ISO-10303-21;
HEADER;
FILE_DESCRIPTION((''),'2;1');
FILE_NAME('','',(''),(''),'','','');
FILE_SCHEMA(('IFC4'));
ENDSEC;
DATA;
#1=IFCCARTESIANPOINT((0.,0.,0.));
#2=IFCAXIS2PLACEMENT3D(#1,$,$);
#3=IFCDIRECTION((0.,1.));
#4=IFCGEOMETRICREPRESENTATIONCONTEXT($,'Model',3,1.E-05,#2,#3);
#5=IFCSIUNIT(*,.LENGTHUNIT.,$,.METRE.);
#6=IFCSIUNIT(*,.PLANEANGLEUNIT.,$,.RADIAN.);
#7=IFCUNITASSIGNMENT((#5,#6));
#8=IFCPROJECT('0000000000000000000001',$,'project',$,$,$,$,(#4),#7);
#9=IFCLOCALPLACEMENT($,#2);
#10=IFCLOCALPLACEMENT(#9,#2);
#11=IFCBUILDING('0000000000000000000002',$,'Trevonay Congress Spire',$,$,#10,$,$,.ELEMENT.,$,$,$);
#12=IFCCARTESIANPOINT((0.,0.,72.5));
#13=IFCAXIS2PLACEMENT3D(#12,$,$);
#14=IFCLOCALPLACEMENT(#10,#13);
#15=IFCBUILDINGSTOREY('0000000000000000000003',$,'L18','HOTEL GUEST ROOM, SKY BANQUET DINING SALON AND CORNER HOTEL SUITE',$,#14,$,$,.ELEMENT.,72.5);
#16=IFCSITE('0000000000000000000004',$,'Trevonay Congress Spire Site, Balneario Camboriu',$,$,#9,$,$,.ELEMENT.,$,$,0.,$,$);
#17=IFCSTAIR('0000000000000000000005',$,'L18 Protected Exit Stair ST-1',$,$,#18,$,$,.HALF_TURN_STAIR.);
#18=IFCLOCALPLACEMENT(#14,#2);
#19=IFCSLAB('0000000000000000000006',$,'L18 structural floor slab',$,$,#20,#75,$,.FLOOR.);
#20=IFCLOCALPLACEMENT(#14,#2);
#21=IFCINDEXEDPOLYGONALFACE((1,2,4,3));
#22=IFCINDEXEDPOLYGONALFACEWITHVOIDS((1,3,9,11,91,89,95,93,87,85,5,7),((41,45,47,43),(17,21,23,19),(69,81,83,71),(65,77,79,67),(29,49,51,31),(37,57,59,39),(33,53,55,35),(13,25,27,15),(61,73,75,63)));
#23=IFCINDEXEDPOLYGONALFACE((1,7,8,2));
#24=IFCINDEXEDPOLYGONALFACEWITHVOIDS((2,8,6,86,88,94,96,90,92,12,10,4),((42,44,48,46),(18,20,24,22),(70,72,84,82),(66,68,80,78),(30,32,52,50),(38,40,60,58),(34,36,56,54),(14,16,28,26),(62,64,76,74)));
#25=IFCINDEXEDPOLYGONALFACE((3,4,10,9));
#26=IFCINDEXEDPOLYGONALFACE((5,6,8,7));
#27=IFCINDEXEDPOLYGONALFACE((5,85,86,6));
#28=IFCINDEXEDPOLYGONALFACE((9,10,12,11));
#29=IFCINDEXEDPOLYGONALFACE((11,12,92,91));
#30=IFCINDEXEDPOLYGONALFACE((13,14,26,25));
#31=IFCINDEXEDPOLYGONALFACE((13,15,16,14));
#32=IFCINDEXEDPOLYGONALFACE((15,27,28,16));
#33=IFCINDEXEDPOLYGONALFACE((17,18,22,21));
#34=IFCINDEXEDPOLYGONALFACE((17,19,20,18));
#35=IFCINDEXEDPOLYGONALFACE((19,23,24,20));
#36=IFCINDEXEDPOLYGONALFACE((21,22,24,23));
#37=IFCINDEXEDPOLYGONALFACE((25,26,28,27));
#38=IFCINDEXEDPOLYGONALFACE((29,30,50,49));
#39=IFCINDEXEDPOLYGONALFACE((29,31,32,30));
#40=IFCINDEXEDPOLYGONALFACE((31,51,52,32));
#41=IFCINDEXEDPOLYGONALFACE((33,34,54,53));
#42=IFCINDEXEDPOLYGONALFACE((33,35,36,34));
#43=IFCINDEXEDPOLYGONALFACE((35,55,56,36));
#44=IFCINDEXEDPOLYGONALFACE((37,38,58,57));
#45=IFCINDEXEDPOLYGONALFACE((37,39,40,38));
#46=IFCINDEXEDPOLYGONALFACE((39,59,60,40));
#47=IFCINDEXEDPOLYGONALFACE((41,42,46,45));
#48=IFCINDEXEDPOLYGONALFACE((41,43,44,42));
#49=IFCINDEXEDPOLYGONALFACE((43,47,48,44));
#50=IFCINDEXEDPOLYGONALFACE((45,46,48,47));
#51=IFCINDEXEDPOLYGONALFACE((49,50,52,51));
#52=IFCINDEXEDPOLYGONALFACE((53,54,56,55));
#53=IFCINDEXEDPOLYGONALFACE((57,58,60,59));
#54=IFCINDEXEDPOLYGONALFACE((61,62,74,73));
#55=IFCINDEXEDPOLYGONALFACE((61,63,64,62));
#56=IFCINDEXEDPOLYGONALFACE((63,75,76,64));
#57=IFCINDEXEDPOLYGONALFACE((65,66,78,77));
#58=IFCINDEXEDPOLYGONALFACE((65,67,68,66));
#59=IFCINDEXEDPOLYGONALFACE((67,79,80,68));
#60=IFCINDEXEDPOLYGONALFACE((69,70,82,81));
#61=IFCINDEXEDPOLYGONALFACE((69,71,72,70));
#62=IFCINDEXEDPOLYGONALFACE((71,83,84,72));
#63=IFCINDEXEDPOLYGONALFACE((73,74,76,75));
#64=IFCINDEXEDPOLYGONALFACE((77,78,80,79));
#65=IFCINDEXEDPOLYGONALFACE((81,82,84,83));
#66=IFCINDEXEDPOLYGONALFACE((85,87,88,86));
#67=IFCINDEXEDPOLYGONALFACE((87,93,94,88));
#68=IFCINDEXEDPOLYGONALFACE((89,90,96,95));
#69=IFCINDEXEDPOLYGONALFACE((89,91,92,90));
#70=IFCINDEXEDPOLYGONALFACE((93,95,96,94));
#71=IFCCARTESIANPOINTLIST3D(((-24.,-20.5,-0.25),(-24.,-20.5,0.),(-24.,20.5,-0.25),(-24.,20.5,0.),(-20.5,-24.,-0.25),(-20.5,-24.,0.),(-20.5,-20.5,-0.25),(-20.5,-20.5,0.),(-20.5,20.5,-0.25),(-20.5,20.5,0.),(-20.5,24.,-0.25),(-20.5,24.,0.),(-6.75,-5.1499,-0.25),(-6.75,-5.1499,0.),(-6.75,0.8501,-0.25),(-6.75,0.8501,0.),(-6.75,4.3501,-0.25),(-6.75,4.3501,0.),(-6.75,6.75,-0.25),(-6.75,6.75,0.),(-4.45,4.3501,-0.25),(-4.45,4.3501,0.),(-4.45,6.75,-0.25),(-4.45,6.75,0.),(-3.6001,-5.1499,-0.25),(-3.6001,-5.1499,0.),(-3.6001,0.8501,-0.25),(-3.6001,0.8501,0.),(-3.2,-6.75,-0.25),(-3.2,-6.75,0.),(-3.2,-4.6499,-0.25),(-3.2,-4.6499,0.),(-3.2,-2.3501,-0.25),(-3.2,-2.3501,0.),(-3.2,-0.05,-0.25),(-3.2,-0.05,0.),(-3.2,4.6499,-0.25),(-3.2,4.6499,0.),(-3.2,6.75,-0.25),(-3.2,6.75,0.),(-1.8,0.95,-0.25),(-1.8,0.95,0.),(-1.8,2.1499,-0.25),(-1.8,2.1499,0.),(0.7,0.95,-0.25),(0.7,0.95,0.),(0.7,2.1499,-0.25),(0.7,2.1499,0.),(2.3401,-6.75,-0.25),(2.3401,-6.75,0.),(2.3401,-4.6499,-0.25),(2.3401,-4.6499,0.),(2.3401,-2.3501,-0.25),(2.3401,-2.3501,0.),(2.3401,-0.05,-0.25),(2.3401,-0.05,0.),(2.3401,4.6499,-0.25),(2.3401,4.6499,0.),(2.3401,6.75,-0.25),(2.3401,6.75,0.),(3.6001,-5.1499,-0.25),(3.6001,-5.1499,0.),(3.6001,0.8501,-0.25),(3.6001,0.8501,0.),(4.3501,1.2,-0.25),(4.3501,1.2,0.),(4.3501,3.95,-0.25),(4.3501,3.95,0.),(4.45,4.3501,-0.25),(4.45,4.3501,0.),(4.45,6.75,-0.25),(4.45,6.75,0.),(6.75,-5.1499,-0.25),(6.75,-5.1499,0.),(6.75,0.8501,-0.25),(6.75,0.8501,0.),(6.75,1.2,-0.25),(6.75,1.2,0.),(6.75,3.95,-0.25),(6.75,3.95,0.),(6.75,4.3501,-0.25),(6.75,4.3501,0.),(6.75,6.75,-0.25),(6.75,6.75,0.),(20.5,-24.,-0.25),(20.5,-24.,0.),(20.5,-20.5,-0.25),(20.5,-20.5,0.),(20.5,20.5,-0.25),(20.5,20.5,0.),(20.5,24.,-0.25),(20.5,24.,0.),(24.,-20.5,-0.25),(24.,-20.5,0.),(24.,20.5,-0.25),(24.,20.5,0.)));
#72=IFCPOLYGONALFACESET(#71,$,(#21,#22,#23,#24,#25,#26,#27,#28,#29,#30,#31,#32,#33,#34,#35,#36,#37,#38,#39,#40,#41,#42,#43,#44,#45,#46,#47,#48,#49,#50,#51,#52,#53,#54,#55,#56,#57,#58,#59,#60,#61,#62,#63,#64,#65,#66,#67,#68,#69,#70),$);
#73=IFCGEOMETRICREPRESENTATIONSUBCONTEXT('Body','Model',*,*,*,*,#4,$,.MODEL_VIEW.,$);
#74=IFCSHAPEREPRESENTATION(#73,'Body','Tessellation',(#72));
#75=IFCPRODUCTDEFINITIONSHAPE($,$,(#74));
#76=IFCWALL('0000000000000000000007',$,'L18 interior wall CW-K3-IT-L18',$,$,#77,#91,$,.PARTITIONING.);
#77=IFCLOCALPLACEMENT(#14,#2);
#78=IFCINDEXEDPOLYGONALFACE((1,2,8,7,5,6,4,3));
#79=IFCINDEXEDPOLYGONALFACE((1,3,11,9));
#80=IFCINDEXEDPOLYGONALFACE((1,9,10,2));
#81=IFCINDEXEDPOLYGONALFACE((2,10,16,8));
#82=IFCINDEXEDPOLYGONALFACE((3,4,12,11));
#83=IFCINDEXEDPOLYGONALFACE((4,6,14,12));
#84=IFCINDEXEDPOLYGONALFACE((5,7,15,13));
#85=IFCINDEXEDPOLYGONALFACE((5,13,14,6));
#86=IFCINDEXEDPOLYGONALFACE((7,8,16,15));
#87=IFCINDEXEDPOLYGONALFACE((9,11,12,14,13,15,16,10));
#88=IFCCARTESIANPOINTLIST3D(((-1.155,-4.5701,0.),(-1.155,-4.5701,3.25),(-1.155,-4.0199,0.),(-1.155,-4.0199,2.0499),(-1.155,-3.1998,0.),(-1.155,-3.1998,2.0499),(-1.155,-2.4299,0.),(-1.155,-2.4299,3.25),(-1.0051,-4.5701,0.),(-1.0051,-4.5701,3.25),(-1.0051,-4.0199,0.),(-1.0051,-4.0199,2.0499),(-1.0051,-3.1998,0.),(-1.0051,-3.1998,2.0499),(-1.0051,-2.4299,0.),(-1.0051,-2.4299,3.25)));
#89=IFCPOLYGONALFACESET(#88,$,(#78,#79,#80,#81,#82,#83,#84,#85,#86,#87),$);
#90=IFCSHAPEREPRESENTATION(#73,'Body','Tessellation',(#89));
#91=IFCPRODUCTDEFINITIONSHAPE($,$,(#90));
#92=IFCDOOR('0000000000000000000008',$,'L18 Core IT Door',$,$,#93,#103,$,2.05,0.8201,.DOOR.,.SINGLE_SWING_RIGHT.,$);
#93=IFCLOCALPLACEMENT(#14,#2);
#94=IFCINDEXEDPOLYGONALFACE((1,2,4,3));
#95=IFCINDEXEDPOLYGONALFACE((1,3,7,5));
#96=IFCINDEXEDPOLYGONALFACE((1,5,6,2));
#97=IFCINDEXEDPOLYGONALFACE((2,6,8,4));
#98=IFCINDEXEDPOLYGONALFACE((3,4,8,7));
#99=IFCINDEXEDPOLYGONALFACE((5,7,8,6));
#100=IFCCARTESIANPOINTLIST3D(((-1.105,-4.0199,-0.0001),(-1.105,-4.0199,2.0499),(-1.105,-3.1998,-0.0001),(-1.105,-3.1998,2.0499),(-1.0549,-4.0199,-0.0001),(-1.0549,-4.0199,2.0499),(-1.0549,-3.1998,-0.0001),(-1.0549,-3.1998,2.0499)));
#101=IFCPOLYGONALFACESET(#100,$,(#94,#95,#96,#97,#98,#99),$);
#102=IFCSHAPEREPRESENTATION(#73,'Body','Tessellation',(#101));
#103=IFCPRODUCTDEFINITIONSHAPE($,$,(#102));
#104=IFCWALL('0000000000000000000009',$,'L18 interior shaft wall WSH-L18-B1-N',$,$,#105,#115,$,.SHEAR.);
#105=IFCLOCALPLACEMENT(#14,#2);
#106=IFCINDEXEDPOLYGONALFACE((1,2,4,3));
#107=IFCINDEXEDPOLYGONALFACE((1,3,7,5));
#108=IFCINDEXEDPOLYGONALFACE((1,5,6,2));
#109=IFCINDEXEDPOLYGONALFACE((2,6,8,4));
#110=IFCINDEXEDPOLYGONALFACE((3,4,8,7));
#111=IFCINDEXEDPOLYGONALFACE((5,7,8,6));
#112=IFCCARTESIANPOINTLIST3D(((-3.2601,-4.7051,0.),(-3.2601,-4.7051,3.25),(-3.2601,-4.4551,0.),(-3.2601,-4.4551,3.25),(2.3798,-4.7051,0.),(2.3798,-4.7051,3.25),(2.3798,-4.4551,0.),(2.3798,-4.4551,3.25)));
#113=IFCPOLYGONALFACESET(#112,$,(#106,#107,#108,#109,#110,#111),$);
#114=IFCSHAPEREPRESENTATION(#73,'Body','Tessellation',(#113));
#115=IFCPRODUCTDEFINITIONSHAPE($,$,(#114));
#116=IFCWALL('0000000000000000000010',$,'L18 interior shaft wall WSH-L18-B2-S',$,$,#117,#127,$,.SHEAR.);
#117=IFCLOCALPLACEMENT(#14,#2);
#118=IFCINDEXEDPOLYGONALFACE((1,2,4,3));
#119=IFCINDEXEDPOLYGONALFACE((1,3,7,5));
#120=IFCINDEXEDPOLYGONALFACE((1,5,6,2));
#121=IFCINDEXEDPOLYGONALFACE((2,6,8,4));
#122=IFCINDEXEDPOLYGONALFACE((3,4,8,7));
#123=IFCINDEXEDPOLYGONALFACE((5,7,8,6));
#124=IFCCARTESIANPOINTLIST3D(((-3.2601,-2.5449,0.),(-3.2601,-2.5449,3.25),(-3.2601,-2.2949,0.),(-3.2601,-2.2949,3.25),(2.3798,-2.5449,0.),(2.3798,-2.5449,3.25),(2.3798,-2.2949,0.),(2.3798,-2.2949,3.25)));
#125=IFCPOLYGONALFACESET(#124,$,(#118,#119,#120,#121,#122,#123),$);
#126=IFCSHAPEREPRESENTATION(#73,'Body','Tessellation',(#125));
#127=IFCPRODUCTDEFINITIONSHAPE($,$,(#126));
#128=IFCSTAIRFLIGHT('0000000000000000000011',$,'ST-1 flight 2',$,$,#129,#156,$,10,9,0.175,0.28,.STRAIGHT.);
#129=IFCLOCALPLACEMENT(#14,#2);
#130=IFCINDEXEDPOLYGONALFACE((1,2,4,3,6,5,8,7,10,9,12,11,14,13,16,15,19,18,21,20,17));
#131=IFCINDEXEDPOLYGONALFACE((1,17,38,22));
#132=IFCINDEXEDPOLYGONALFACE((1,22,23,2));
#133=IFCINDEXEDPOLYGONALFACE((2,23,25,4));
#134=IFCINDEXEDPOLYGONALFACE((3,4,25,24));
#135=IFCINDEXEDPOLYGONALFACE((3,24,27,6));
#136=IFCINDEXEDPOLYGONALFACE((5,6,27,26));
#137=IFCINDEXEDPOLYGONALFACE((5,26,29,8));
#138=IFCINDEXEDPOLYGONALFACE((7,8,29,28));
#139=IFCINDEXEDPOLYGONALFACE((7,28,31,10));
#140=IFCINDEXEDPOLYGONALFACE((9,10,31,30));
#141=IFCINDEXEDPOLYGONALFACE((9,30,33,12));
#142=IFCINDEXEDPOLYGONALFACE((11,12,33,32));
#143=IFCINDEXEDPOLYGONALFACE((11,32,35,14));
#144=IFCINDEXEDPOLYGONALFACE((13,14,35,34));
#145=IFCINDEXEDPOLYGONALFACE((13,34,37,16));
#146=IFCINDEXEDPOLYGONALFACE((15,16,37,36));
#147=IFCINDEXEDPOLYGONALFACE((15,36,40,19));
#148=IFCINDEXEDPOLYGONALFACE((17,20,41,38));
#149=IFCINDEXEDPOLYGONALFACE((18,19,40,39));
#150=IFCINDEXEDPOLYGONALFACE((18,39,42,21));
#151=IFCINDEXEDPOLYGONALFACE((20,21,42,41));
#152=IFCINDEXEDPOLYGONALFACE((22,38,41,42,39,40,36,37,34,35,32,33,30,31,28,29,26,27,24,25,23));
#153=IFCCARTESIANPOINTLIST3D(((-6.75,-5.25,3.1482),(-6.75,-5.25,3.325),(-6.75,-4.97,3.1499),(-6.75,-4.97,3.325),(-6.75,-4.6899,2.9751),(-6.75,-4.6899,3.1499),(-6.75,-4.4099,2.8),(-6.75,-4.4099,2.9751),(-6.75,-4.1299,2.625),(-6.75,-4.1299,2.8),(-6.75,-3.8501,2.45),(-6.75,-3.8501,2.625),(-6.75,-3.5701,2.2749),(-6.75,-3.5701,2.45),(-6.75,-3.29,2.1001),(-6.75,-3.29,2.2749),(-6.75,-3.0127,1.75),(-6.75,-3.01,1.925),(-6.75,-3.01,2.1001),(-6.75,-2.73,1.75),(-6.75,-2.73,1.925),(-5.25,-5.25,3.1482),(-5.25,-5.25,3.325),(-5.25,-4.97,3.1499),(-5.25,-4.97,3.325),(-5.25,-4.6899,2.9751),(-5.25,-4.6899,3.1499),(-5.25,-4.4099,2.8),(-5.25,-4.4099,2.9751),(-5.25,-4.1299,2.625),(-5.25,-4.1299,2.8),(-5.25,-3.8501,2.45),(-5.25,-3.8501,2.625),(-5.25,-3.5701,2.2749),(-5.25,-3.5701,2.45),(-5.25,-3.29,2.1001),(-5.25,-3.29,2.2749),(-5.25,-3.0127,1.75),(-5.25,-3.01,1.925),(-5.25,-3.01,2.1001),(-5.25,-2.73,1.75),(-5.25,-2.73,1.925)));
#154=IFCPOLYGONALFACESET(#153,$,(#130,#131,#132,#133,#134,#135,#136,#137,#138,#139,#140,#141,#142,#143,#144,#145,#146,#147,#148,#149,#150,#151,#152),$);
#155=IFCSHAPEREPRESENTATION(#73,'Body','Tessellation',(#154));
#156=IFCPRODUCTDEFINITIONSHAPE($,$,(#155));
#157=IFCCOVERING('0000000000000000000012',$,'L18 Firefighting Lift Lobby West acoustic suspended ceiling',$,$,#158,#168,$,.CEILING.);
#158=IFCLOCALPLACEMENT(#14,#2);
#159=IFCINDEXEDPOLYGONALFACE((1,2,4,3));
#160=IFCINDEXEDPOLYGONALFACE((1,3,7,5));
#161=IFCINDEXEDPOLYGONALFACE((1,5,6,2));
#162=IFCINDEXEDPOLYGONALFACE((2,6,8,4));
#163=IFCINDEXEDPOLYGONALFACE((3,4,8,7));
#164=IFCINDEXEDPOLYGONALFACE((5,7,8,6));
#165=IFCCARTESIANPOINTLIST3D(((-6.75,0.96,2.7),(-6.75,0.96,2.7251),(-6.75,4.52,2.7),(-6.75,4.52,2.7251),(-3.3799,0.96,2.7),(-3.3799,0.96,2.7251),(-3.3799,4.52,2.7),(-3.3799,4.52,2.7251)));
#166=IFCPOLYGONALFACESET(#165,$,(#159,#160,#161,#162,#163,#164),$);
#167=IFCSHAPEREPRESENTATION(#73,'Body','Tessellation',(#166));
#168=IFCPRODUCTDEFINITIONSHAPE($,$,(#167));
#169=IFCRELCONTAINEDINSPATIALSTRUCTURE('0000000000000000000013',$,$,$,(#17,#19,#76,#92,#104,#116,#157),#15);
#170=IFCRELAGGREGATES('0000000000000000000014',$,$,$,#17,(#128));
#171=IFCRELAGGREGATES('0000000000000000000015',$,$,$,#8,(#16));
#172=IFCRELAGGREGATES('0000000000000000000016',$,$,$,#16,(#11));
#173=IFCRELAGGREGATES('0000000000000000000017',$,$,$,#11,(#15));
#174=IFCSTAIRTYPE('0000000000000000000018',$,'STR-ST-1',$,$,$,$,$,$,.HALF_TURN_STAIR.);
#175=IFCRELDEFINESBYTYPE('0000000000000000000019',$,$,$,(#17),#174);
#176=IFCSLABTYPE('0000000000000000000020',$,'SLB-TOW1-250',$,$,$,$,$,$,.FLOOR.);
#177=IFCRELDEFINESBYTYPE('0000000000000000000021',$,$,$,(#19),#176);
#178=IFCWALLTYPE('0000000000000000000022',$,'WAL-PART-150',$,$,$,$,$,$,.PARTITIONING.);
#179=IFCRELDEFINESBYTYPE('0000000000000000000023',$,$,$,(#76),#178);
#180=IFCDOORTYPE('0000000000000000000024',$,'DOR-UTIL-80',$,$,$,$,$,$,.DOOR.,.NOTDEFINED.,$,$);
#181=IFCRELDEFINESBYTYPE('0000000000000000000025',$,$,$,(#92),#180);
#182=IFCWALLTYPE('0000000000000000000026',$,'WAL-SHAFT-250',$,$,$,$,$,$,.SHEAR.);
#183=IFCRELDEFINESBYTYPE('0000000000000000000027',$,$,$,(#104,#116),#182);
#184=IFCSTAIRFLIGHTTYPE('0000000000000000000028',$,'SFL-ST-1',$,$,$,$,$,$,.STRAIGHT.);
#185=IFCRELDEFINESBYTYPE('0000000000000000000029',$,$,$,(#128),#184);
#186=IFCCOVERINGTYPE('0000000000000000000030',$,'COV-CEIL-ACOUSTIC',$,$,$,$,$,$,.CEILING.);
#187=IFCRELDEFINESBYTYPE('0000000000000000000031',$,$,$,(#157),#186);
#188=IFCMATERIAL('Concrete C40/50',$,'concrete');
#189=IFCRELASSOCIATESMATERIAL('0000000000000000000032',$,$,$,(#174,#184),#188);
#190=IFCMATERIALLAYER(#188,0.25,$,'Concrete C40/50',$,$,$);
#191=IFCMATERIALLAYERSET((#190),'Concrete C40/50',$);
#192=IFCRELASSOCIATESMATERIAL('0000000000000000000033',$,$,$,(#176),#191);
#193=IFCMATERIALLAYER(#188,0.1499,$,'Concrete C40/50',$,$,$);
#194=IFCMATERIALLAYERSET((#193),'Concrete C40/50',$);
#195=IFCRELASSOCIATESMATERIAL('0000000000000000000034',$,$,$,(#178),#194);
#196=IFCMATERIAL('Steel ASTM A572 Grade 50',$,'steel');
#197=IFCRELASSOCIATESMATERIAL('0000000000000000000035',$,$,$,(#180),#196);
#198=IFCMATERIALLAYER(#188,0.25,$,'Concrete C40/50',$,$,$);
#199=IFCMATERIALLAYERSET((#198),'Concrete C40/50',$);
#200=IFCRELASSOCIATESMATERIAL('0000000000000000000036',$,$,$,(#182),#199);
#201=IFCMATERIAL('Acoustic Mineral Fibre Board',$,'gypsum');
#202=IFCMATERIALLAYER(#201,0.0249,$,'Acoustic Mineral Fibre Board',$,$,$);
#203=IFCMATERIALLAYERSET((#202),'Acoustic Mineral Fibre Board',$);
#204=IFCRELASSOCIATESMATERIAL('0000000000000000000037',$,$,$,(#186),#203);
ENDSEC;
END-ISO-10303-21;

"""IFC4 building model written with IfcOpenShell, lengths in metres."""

from ifc_helpers import new_model, si_unit, direction, frame, frame_2d, origin, place, context, subcontext, project, spatial, polyline, rectangle, outline, extrude, material, layer, layer_set, type_object, element, fill, aggregate, save


model = new_model("IFC4")

# Units and contexts
model_context = context("Model", 3, precision=1e-05, world=origin(), true_north=direction((0.0, 1.0)))
body_context = subcontext(model_context, "Body", "Model", "MODEL_VIEW")
ifc_project = project(units=[si_unit("LENGTHUNIT", "METRE"), si_unit("PLANEANGLEUNIT", "RADIAN")], contexts=[model_context])

# Site, building, storey
site_placement = place(None, origin())
site = spatial("IfcSite", under=ifc_project, at=site_placement, Name="Trevonay Congress Spire Site, Balneario Camboriu", CompositionType="ELEMENT", RefElevation=0.0)
building_placement = place(site_placement, origin())
building = spatial("IfcBuilding", under=site, at=building_placement, Name="Trevonay Congress Spire", CompositionType="ELEMENT")
storey_placement = place(building_placement, frame((0.0, 0.0, 72.5)))
storey = spatial("IfcBuildingStorey", under=building, at=storey_placement, Name="L18", Description="HOTEL GUEST ROOM, SKY BANQUET DINING SALON AND CORNER HOTEL SUITE", CompositionType="ELEMENT", Elevation=72.5)

# Shared definitions
ifc_material_1 = material(Name="Steel ASTM A572 Grade 50", Category="steel")

# Stair
ifc_material_2 = material(Name="Concrete C40/50", Category="concrete")
stair_type_1 = type_object("IfcStairType", Name="STR-ST-1", PredefinedType="HALF_TURN_STAIR", material=ifc_material_2)
stair_1_placement = place(storey_placement, origin())
stair_1 = element("IfcStair", 1, at=stair_1_placement, inside=storey, type_object=stair_type_1, Name="L18 Protected Exit Stair ST-1", PredefinedType="HALF_TURN_STAIR")

# Slab
ifc_layer_1 = layer(ifc_material_2, 0.25, Name="Concrete C40/50")
ifc_layer_set_1 = layer_set([ifc_layer_1], Name="Concrete C40/50")
slab_type_1 = type_object("IfcSlabType", Name="SLB-TOW1-250", PredefinedType="FLOOR", material=ifc_layer_set_1)
slab_1_placement = place(storey_placement, frame((0.0, 0.0, -0.25)))
element("IfcSlab", 2, at=slab_1_placement, inside=storey, type_object=slab_type_1, Name="L18 structural floor slab", PredefinedType="FLOOR", context=body_context, shape_type="SweptSolid", body=[
    extrude(outline(polyline([(-20.5, -24.0), (20.5, -24.0), (20.5, -20.5), (24.0, -20.5), (24.0, 20.5), (20.5, 20.5), (20.5, 24.0), (-20.5, 24.0), (-20.5, 20.5), (-24.0, 20.5), (-24.0, -20.5), (-20.5, -20.5), (-20.5, -24.0)]), holes=[polyline([(-3.6001, -5.1499), (-3.6001, 0.8501), (-6.75, 0.8501), (-6.75, -5.1499), (-3.6001, -5.1499)]), polyline([(6.75, -5.1499), (6.75, 0.8501), (3.6001, 0.8501), (3.6001, -5.1499), (6.75, -5.1499)]), polyline([(-3.2, -6.75), (2.3401, -6.75), (2.3401, -4.6499), (-3.2, -4.6499), (-3.2, -6.75)]), polyline([(-3.2, -2.3501), (2.3401, -2.3501), (2.3401, -0.05), (-3.2, -0.05), (-3.2, -2.3501)]), polyline([(-3.2, 4.6499), (2.3401, 4.6499), (2.3401, 6.75), (-3.2, 6.75), (-3.2, 4.6499)]), polyline([(-6.75, 4.3501), (-4.45, 4.3501), (-4.45, 6.75), (-6.75, 6.75), (-6.75, 4.3501)]), polyline([(4.45, 4.3501), (6.75, 4.3501), (6.75, 6.75), (4.45, 6.75), (4.45, 4.3501)]), polyline([(4.3501, 1.2), (6.75, 1.2), (6.75, 3.95), (4.3501, 3.95), (4.3501, 1.2)]), polyline([(-1.8, 0.95), (0.7, 0.95), (0.7, 2.1499), (-1.8, 2.1499), (-1.8, 0.95)])]), origin(), (0.0, 0.0, 1.0), 0.25),
])

# Wall, opening, door
ifc_layer_2 = layer(ifc_material_2, 0.1499, Name="Concrete C40/50")
ifc_layer_set_2 = layer_set([ifc_layer_2], Name="Concrete C40/50")
wall_type_1 = type_object("IfcWallType", Name="WAL-PART-150", PredefinedType="PARTITIONING", material=ifc_layer_set_2)
wall_placement = place(storey_placement, frame((-1.0801, -4.5701, 0.0), z_axis=(0.0, 0.0, 1.0), x_axis=(0.0, 1.0, 0.0)))
wall = element("IfcWall", 3, at=wall_placement, inside=storey, type_object=wall_type_1, Name="L18 interior wall CW-K3-IT-L18", PredefinedType="PARTITIONING", context=body_context, shape_type="SweptSolid", body=[
    extrude(rectangle(XDim=2.1401, YDim=0.1499, at=frame_2d((1.0701, 0.0))), origin(), (0.0, 0.0, 1.0), 3.25),
])
opening_placement = place(wall_placement, frame((0.55, 0.0, 0.0)))
opening = element("IfcOpeningElement", 4, at=opening_placement, cuts=wall, PredefinedType="OPENING", context=body_context, shape_type="SweptSolid", body=[
    extrude(rectangle(XDim=0.8201, YDim=2.05, at=frame_2d((0.4102, 1.0249))), frame((0.0, 0.085, 0.0), z_axis=(0.0, -1.0, 0.0), x_axis=(1.0, 0.0, 0.0)), (0.0, 0.0, 1.0), 0.1699),
])
door_type = type_object("IfcDoorType", Name="DOR-UTIL-80", OperationType="NOTDEFINED", PredefinedType="DOOR", material=ifc_material_1)
door_placement = place(opening_placement, origin())
door = element("IfcDoor", 5, at=door_placement, inside=storey, type_object=door_type, Name="L18 Core IT Door", OperationType="SINGLE_SWING_RIGHT", OverallHeight=2.05, OverallWidth=0.8201, PredefinedType="DOOR", context=body_context, shape_type="SweptSolid", body=[
    extrude(rectangle(XDim=0.8201, YDim=2.05, at=frame_2d((0.4102, 1.0249))), frame((0.0, 0.0249, 0.0), z_axis=(0.0, -1.0, 0.0), x_axis=(1.0, 0.0, 0.0)), (0.0, 0.0, 1.0), 0.05),
])
fill(opening, door)

# Walls
ifc_layer_3 = layer(ifc_material_2, 0.25, Name="Concrete C40/50")
ifc_layer_set_3 = layer_set([ifc_layer_3], Name="Concrete C40/50")
wall_type_2 = type_object("IfcWallType", Name="WAL-SHAFT-250", PredefinedType="SHEAR", material=ifc_layer_set_3)
for number, where, z_axis, x_axis, name in (
    (6, (-3.26, -4.5801, 0.0), (0.0, 0.0, 1.0), (1.0, 0.0, 0.0), "L18 interior shaft wall WSH-L18-B1-N"),
    (7, (-3.26, -2.4199, 0.0), (0.0, 0.0, 1.0), (1.0, 0.0, 0.0), "L18 interior shaft wall WSH-L18-B2-S"),
):
    element("IfcWall", number, at=place(storey_placement, frame(where, z_axis=z_axis, x_axis=x_axis)), inside=storey, type_object=wall_type_2, Name=name, PredefinedType="SHEAR", context=body_context, shape_type="SweptSolid", body=[
        extrude(rectangle(XDim=5.6399, YDim=0.25, at=frame_2d((2.8198, 0.0))), origin(), (0.0, 0.0, 1.0), 3.25),
    ])

# Stair flight
stair_flight_type = type_object("IfcStairFlightType", Name="SFL-ST-1", PredefinedType="STRAIGHT", material=ifc_material_2)
stair_flight_placement = place(storey_placement, frame((-6.0, -2.73, 1.75), z_axis=(0.0, 0.0, 1.0), x_axis=(0.0, -1.0, 0.0)))
stair_flight = element("IfcStairFlight", 8, at=stair_flight_placement, type_object=stair_flight_type, Name="ST-1 flight 2", NumberOfRisers=10, NumberOfTreads=9, PredefinedType="STRAIGHT", RiserHeight=0.175, TreadLength=0.28, context=body_context, shape_type="SweptSolid", body=[
    extrude(outline(polyline([(0.0, 0.0), (0.0, 0.175), (0.28, 0.175), (0.28, 0.3501), (0.5601, 0.3501), (0.5601, 0.5249), (0.8401, 0.5249), (0.8401, 0.7), (1.1201, 0.7), (1.1201, 0.875), (1.3999, 0.875), (1.3999, 1.05), (1.6799, 1.05), (1.6799, 1.2251), (1.96, 1.2251), (1.96, 1.3999), (2.24, 1.3999), (2.24, 1.575), (2.52, 1.575), (2.52, 1.75), (2.52, 1.3982), (0.2827, 0.0), (0.0, 0.0)])), frame((0.0, 0.75, 0.0), z_axis=(0.0, -1.0, 0.0), x_axis=(1.0, 0.0, 0.0)), (0.0, 0.0, 1.0), 1.5),
])
aggregate(stair_1, [stair_flight])

# Covering
ifc_material_3 = material(Name="Acoustic Mineral Fibre Board", Category="gypsum")
ifc_layer_4 = layer(ifc_material_3, 0.0249, Name="Acoustic Mineral Fibre Board")
ifc_layer_set_4 = layer_set([ifc_layer_4], Name="Acoustic Mineral Fibre Board")
covering_type_1 = type_object("IfcCoveringType", Name="COV-CEIL-ACOUSTIC", PredefinedType="CEILING", material=ifc_layer_set_4)
covering_1_placement = place(storey_placement, frame((0.0, 0.0, 2.7)))
element("IfcCovering", 9, at=covering_1_placement, inside=storey, type_object=covering_type_1, Name="L18 Firefighting Lift Lobby West acoustic suspended ceiling", PredefinedType="CEILING", context=body_context, shape_type="SweptSolid", body=[
    extrude(outline(polyline([(-6.75, 0.96), (-3.3799, 0.96), (-3.3799, 4.52), (-6.75, 4.52), (-6.75, 0.96)])), origin(), (0.0, 0.0, 1.0), 0.0251),
])

save(model, "model.ifc")
